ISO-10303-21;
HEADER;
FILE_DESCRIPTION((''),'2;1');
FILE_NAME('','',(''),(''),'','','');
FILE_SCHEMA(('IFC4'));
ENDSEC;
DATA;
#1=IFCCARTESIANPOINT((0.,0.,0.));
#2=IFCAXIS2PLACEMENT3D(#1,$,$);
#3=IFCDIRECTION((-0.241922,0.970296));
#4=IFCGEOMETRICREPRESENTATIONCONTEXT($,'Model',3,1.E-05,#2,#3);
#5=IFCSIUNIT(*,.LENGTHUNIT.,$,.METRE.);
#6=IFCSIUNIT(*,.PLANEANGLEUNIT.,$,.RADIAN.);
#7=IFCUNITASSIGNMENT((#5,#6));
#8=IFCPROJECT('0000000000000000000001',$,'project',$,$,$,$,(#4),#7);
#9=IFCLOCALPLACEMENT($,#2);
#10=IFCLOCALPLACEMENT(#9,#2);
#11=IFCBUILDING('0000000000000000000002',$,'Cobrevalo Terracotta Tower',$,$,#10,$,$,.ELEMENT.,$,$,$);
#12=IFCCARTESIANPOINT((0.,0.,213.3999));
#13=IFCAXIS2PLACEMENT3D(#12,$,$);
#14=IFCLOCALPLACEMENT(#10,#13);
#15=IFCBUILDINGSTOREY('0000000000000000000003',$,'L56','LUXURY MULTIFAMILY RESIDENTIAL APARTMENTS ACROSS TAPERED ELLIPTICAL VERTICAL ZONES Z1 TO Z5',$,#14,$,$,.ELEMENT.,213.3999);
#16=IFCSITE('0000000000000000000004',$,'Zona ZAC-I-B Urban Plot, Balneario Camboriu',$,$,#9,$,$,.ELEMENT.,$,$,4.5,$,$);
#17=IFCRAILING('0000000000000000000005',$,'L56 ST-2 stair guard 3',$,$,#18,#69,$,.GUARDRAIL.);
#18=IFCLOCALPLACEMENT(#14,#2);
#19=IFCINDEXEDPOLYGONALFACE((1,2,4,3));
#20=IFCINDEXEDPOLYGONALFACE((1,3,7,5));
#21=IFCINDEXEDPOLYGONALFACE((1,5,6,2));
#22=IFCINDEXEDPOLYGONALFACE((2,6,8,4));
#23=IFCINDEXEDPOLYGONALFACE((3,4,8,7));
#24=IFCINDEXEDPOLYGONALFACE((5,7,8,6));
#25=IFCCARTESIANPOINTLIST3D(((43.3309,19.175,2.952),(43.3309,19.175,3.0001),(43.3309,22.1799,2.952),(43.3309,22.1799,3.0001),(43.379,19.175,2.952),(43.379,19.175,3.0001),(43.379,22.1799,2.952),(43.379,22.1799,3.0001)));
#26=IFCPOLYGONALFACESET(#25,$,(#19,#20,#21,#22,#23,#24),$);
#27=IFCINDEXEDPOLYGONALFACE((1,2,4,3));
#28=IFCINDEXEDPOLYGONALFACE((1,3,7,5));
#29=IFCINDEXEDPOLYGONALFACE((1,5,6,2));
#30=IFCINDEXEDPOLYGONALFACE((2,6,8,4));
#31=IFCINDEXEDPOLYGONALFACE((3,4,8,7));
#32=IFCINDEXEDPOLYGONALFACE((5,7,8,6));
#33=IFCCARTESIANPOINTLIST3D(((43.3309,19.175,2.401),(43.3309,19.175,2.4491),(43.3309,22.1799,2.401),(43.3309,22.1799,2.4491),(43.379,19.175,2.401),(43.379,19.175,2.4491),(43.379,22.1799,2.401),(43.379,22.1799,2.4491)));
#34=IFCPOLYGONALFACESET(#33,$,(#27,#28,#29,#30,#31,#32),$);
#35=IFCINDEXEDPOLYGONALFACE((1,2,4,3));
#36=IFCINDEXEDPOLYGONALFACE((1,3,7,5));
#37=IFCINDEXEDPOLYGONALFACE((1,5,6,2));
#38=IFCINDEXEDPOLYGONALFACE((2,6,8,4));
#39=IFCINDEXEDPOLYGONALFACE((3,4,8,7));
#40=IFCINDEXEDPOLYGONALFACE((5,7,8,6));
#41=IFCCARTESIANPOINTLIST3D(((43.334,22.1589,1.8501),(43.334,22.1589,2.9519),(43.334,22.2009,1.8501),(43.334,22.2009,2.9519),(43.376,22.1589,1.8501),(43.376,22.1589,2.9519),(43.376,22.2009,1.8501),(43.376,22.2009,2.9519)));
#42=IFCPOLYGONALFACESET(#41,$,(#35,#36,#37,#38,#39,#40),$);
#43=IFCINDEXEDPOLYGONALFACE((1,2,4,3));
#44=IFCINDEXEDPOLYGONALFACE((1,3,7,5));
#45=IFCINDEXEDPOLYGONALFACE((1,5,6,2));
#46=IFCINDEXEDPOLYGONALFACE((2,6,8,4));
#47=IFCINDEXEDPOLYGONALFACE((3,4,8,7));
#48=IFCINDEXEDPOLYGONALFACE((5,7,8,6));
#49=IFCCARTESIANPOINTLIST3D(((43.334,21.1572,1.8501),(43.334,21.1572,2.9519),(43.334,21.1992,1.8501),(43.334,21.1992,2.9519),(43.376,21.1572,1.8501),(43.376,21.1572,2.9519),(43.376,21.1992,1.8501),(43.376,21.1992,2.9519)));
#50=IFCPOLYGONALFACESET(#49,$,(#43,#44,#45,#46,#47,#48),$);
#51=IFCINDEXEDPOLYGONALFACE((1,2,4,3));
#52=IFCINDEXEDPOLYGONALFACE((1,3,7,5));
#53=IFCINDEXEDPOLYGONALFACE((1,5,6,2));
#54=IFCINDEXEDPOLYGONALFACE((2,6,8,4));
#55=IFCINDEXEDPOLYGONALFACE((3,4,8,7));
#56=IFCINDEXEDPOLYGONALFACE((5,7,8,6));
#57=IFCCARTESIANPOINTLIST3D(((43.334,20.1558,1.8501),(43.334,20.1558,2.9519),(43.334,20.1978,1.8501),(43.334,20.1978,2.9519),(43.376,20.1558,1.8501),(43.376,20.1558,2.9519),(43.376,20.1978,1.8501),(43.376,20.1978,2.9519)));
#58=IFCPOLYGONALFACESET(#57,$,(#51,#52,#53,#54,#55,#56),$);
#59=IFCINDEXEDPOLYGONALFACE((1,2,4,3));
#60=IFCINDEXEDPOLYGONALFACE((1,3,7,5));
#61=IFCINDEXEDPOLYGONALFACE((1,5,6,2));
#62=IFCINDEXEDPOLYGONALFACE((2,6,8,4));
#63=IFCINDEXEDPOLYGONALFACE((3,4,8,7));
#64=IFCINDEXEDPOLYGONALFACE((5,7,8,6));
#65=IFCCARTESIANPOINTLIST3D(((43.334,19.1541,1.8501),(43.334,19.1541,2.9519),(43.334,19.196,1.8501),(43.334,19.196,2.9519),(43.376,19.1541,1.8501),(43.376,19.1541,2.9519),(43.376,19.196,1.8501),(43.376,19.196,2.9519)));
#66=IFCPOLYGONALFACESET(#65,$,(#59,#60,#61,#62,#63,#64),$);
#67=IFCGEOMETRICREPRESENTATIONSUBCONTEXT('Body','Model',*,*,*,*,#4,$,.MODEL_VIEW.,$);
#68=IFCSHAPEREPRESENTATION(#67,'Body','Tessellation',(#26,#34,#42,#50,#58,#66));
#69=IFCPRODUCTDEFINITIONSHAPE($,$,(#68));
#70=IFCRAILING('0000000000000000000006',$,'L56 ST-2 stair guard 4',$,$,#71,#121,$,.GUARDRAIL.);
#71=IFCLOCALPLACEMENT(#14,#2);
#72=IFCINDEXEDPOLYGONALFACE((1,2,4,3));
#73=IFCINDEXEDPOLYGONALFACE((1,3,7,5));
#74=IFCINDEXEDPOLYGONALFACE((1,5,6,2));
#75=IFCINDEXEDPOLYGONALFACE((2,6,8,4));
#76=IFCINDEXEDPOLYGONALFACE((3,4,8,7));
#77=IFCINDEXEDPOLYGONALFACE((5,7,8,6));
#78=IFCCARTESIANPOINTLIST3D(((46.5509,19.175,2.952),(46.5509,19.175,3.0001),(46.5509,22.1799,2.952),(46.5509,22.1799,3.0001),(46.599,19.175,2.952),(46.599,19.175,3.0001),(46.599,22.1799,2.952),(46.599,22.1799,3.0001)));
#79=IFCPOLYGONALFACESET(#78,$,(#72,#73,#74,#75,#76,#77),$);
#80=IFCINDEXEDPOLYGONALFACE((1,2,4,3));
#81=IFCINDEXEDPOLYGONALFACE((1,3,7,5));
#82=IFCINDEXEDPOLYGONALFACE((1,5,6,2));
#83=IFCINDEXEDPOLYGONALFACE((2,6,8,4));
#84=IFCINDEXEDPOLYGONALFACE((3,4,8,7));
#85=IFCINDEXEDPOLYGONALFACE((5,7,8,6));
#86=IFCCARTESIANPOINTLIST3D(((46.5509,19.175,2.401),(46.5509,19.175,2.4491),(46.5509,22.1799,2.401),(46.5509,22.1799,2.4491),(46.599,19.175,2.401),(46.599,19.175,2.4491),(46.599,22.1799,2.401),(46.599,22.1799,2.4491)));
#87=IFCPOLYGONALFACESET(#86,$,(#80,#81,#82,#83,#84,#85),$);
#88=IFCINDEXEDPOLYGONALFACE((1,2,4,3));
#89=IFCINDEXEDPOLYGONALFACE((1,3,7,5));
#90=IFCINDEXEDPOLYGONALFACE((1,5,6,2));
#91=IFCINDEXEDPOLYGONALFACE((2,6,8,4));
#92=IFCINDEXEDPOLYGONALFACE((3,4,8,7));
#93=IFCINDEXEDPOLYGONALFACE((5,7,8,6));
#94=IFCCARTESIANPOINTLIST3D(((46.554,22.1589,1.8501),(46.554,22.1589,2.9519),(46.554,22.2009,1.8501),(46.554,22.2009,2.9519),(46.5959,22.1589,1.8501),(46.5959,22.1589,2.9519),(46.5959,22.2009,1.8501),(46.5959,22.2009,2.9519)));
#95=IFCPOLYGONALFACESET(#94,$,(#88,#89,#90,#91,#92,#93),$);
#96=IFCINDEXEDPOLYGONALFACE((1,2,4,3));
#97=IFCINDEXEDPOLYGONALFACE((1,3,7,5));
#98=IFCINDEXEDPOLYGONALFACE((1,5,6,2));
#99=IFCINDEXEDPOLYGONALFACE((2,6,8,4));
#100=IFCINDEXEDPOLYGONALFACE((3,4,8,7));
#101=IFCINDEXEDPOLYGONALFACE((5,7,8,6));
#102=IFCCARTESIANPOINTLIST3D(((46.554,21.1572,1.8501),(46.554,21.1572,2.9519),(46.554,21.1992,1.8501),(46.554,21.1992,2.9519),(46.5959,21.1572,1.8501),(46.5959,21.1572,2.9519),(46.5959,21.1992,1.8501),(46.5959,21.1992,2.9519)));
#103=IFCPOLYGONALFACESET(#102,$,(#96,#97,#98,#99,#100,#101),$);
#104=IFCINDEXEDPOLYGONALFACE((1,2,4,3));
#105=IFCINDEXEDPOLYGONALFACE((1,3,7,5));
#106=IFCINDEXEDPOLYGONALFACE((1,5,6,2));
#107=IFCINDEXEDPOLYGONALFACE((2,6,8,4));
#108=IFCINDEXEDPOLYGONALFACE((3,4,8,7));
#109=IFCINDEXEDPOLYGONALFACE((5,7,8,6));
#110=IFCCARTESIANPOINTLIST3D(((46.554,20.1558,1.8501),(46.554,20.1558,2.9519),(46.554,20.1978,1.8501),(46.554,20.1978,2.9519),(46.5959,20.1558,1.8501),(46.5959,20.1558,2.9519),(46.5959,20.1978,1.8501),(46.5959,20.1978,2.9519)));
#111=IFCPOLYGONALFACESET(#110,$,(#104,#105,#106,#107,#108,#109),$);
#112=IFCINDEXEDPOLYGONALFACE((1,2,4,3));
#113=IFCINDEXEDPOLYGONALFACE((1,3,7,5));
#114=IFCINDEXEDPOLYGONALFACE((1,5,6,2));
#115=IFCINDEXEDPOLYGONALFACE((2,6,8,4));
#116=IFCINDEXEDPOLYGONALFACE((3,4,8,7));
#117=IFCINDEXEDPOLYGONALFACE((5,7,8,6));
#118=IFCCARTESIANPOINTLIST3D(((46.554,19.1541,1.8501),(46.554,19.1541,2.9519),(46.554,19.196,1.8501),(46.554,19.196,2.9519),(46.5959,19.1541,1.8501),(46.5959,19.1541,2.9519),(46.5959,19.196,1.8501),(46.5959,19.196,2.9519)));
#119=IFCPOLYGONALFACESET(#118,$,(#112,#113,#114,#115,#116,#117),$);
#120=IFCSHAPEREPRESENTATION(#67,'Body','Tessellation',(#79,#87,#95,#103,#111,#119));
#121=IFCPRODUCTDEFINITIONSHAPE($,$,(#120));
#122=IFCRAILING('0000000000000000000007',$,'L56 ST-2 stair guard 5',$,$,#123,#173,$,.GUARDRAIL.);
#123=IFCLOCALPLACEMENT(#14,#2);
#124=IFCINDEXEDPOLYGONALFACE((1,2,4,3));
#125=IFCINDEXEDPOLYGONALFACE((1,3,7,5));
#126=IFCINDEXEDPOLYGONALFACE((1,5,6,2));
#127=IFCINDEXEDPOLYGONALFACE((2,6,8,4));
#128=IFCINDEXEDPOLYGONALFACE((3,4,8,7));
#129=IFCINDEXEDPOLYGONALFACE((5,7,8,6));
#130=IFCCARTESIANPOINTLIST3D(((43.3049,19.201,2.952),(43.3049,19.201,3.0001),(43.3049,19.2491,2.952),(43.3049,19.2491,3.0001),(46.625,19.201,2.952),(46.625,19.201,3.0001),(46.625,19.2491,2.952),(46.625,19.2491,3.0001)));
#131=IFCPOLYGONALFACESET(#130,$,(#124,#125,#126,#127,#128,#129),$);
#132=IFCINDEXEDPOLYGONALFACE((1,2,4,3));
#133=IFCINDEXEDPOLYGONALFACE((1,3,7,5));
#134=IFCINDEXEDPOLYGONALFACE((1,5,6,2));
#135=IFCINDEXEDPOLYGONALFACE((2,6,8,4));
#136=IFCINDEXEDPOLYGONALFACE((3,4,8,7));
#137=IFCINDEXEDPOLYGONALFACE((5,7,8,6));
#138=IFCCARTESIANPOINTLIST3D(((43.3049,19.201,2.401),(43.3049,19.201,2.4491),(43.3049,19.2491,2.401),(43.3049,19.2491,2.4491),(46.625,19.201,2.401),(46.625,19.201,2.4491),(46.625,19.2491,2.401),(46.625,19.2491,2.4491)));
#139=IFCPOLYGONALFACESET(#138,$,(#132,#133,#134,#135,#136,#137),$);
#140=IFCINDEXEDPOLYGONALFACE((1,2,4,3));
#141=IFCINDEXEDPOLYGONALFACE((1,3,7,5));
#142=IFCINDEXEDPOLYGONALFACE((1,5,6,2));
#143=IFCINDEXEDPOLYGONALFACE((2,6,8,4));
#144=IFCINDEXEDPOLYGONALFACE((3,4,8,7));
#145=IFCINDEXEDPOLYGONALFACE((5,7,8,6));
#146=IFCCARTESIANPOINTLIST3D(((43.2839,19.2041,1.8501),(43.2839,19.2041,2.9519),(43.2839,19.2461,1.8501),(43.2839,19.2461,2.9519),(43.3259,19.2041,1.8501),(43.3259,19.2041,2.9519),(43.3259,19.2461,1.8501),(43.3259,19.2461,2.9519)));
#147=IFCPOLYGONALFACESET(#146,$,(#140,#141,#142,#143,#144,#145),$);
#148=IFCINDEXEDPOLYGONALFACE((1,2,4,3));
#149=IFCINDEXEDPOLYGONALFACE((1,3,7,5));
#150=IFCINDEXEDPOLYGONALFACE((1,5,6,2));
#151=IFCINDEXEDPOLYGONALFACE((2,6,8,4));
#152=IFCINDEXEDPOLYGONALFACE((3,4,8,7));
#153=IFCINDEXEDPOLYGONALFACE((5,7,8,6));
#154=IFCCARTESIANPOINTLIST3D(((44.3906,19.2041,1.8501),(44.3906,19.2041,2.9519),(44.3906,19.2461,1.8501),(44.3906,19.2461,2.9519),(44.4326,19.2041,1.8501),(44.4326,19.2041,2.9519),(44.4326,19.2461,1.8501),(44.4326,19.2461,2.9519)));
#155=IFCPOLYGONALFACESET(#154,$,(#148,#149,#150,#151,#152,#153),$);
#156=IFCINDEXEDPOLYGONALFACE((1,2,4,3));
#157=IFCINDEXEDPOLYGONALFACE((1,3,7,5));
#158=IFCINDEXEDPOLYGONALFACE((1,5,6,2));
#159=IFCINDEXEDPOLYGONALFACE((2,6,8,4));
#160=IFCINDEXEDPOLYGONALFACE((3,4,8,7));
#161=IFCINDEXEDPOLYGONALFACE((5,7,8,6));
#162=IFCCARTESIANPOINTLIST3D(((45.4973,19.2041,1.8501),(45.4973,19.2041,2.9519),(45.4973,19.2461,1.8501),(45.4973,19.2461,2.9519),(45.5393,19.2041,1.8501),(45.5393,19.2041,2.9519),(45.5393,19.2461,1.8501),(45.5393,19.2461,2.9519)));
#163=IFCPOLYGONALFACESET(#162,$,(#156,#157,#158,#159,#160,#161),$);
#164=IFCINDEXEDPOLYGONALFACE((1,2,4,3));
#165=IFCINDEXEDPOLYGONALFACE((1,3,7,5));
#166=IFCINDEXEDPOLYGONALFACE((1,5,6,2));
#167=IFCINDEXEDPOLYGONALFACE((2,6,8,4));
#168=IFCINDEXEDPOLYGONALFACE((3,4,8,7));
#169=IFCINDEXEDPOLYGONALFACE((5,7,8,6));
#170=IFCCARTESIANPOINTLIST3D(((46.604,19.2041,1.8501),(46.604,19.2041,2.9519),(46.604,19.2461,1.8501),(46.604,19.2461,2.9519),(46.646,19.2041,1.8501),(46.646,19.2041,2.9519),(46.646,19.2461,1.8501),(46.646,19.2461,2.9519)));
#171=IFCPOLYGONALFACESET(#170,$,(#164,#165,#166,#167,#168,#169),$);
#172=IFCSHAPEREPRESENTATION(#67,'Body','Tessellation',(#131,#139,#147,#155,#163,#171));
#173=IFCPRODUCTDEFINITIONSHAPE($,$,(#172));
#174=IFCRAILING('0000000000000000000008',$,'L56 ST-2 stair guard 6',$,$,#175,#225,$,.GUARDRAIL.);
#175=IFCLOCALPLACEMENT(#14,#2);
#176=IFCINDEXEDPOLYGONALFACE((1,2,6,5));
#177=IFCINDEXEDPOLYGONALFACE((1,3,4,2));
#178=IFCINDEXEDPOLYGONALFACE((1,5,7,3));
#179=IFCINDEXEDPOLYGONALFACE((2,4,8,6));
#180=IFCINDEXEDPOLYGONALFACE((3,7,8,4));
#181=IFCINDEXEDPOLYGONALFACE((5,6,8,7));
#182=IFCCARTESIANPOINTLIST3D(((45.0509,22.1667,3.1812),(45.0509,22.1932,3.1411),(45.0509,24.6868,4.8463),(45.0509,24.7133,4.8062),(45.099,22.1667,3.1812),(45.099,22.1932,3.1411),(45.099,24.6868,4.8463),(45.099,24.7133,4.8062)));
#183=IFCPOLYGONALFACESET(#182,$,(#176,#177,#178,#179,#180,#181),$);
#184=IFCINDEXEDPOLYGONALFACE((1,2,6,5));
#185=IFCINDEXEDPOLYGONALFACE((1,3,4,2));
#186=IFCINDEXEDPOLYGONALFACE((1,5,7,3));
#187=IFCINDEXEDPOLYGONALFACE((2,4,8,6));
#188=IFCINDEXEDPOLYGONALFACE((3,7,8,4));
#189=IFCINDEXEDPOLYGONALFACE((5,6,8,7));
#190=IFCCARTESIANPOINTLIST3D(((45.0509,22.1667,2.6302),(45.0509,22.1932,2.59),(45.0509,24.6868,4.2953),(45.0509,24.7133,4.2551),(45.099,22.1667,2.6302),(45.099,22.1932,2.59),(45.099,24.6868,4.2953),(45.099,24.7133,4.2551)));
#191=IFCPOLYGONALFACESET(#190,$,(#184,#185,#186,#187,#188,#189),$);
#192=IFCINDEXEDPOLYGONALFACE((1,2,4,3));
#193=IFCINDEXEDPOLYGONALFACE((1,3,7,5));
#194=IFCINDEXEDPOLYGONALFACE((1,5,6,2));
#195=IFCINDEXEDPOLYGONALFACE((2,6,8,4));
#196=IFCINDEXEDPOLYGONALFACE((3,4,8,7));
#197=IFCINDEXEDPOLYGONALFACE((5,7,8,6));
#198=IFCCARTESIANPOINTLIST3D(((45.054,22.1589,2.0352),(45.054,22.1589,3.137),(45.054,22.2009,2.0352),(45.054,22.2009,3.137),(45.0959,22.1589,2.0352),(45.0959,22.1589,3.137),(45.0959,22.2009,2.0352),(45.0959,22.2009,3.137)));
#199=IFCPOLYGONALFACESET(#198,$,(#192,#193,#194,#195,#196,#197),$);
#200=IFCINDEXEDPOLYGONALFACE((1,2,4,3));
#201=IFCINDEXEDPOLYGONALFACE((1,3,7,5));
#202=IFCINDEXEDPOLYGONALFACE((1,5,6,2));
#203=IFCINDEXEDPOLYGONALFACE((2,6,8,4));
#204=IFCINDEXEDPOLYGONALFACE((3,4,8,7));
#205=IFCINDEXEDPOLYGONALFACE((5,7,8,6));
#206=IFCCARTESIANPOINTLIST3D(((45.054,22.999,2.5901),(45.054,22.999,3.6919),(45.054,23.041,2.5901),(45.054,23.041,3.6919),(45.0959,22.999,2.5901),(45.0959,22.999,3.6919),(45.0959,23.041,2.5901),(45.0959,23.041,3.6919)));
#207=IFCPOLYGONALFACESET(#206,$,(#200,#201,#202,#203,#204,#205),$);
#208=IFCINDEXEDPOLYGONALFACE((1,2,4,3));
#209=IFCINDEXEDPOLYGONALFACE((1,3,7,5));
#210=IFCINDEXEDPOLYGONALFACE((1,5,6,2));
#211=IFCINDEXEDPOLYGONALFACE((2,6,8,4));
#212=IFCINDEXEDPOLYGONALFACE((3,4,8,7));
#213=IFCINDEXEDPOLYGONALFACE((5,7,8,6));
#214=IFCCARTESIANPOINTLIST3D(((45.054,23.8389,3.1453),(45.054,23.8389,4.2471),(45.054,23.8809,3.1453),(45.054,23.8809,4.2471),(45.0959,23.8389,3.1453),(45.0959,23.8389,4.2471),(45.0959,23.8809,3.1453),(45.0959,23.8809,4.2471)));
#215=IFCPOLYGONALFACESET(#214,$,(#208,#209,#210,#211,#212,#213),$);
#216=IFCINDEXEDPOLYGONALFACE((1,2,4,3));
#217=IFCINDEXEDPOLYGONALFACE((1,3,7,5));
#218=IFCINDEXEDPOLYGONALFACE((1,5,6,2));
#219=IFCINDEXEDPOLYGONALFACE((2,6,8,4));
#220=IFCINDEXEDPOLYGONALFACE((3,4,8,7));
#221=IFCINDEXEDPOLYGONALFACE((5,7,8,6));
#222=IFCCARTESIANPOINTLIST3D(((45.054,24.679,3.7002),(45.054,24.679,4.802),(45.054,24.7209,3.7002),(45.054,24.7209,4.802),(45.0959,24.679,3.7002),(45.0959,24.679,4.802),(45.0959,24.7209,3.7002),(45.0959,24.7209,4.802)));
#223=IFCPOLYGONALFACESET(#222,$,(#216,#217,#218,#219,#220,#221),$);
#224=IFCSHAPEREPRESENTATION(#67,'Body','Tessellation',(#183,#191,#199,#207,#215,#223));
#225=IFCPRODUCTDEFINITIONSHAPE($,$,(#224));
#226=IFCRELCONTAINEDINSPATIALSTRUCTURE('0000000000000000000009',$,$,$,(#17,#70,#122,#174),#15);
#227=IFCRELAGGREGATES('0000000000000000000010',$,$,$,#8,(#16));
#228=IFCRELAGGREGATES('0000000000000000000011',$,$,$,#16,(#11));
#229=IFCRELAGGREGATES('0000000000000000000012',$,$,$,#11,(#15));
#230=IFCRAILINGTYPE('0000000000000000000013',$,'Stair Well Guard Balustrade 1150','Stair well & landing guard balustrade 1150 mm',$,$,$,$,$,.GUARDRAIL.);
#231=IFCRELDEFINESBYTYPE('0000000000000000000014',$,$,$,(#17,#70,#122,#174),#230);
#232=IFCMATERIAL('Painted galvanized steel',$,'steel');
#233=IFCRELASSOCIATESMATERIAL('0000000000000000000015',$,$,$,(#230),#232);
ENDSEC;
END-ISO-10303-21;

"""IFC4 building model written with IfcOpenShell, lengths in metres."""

from ifc_helpers import new_model, si_unit, direction, frame, origin, origin_2d, place, context, subcontext, project, spatial, rectangle, extrude, material, type_object, element, save


model = new_model("IFC4")

# Units and contexts
model_context = context("Model", 3, precision=1e-05, world=origin(), true_north=direction((-0.241922, 0.970296)))
body_context = subcontext(model_context, "Body", "Model", "MODEL_VIEW")
ifc_project = project(units=[si_unit("LENGTHUNIT", "METRE"), si_unit("PLANEANGLEUNIT", "RADIAN")], contexts=[model_context])

# Site, building, storey
site_placement = place(None, origin())
site = spatial("IfcSite", under=ifc_project, at=site_placement, Name="Zona ZAC-I-B Urban Plot, Balneario Camboriu", CompositionType="ELEMENT", RefElevation=4.5)
building_placement = place(site_placement, origin())
building = spatial("IfcBuilding", under=site, at=building_placement, Name="Cobrevalo Terracotta Tower", CompositionType="ELEMENT")
storey_placement = place(building_placement, frame((0.0, 0.0, 213.3999)))
storey = spatial("IfcBuildingStorey", under=building, at=storey_placement, Name="L56", Description="LUXURY MULTIFAMILY RESIDENTIAL APARTMENTS ACROSS TAPERED ELLIPTICAL VERTICAL ZONES Z1 TO Z5", CompositionType="ELEMENT", Elevation=213.3999)

# Railings
ifc_material_1 = material(Name="Painted galvanized steel", Category="steel")
railing_type_1 = type_object("IfcRailingType", Name="Stair Well Guard Balustrade 1150", Description="Stair well & landing guard balustrade 1150 mm", PredefinedType="GUARDRAIL", material=ifc_material_1)
for number, where, name in (
    (1, (43.355, 22.1799, 1.8501), "L56 ST-2 stair guard 3"),
    (2, (46.575, 22.1799, 1.8501), "L56 ST-2 stair guard 4"),
):
    element("IfcRailing", number, at=place(storey_placement, frame(where)), inside=storey, type_object=railing_type_1, Name=name, PredefinedType="GUARDRAIL", context=body_context, shape_type="SweptSolid", body=[
        extrude(rectangle(XDim=0.0481, YDim=0.0481, at=origin_2d()), frame((0.0, 0.0, 1.126), z_axis=(0.0, -1.0, 0.0), x_axis=(1.0, 0.0, 0.0)), (0.0, 0.0, 1.0), 3.0049),
        extrude(rectangle(XDim=0.0481, YDim=0.0481, at=origin_2d()), frame((0.0, 0.0, 0.575), z_axis=(0.0, -1.0, 0.0), x_axis=(1.0, 0.0, 0.0)), (0.0, 0.0, 1.0), 3.0049),
        extrude(rectangle(XDim=0.042, YDim=0.042, at=origin_2d()), origin(), (0.0, 0.0, 1.0), 1.1018),
        extrude(rectangle(XDim=0.042, YDim=0.042, at=origin_2d()), frame((0.0, -1.0017, 0.0)), (0.0, 0.0, 1.0), 1.1018),
        extrude(rectangle(XDim=0.042, YDim=0.042, at=origin_2d()), frame((0.0, -2.0032, 0.0)), (0.0, 0.0, 1.0), 1.1018),
        extrude(rectangle(XDim=0.042, YDim=0.042, at=origin_2d()), frame((0.0, -3.0049, 0.0)), (0.0, 0.0, 1.0), 1.1018),
    ])
railing_1_placement = place(storey_placement, frame((43.3049, 19.2251, 1.8501)))
element("IfcRailing", 3, at=railing_1_placement, inside=storey, type_object=railing_type_1, Name="L56 ST-2 stair guard 5", PredefinedType="GUARDRAIL", context=body_context, shape_type="SweptSolid", body=[
    extrude(rectangle(XDim=0.0481, YDim=0.0481, at=origin_2d()), frame((0.0, 0.0, 1.126), z_axis=(1.0, 0.0, 0.0), x_axis=(0.0, 1.0, 0.0)), (0.0, 0.0, 1.0), 3.3201),
    extrude(rectangle(XDim=0.0481, YDim=0.0481, at=origin_2d()), frame((0.0, 0.0, 0.575), z_axis=(1.0, 0.0, 0.0), x_axis=(0.0, 1.0, 0.0)), (0.0, 0.0, 1.0), 3.3201),
    extrude(rectangle(XDim=0.042, YDim=0.042, at=origin_2d()), origin(), (0.0, 0.0, 1.0), 1.1018),
    extrude(rectangle(XDim=0.042, YDim=0.042, at=origin_2d()), frame((1.1067, 0.0, 0.0)), (0.0, 0.0, 1.0), 1.1018),
    extrude(rectangle(XDim=0.042, YDim=0.042, at=origin_2d()), frame((2.2134, 0.0, 0.0)), (0.0, 0.0, 1.0), 1.1018),
    extrude(rectangle(XDim=0.042, YDim=0.042, at=origin_2d()), frame((3.3201, 0.0, 0.0)), (0.0, 0.0, 1.0), 1.1018),
])
railing_2_placement = place(storey_placement, frame((45.075, 22.1799, 2.0352)))
element("IfcRailing", 4, at=railing_2_placement, inside=storey, type_object=railing_type_1, Name="L56 ST-2 stair guard 6", PredefinedType="GUARDRAIL", context=body_context, shape_type="SweptSolid", body=[
    extrude(rectangle(XDim=0.0481, YDim=0.0481, at=origin_2d()), frame((0.0, 0.0, 1.126), z_axis=(0.0, 0.834331, 0.551263), x_axis=(-1.0, 0.0, 0.0)), (0.0, 0.0, 1.0), 3.0205),
    extrude(rectangle(XDim=0.0481, YDim=0.0481, at=origin_2d()), frame((0.0, 0.0, 0.575), z_axis=(0.0, 0.834331, 0.551263), x_axis=(-1.0, 0.0, 0.0)), (0.0, 0.0, 1.0), 3.0205),
    extrude(rectangle(XDim=0.042, YDim=0.042, at=origin_2d()), origin(), (0.0, 0.0, 1.0), 1.1018),
    extrude(rectangle(XDim=0.042, YDim=0.042, at=origin_2d()), frame((0.0, 0.8401, 0.5549)), (0.0, 0.0, 1.0), 1.1018),
    extrude(rectangle(XDim=0.042, YDim=0.042, at=origin_2d()), frame((0.0, 1.6799, 1.1101)), (0.0, 0.0, 1.0), 1.1018),
    extrude(rectangle(XDim=0.042, YDim=0.042, at=origin_2d()), frame((0.0, 2.52, 1.665)), (0.0, 0.0, 1.0), 1.1018),
])

save(model, "model.ifc")
